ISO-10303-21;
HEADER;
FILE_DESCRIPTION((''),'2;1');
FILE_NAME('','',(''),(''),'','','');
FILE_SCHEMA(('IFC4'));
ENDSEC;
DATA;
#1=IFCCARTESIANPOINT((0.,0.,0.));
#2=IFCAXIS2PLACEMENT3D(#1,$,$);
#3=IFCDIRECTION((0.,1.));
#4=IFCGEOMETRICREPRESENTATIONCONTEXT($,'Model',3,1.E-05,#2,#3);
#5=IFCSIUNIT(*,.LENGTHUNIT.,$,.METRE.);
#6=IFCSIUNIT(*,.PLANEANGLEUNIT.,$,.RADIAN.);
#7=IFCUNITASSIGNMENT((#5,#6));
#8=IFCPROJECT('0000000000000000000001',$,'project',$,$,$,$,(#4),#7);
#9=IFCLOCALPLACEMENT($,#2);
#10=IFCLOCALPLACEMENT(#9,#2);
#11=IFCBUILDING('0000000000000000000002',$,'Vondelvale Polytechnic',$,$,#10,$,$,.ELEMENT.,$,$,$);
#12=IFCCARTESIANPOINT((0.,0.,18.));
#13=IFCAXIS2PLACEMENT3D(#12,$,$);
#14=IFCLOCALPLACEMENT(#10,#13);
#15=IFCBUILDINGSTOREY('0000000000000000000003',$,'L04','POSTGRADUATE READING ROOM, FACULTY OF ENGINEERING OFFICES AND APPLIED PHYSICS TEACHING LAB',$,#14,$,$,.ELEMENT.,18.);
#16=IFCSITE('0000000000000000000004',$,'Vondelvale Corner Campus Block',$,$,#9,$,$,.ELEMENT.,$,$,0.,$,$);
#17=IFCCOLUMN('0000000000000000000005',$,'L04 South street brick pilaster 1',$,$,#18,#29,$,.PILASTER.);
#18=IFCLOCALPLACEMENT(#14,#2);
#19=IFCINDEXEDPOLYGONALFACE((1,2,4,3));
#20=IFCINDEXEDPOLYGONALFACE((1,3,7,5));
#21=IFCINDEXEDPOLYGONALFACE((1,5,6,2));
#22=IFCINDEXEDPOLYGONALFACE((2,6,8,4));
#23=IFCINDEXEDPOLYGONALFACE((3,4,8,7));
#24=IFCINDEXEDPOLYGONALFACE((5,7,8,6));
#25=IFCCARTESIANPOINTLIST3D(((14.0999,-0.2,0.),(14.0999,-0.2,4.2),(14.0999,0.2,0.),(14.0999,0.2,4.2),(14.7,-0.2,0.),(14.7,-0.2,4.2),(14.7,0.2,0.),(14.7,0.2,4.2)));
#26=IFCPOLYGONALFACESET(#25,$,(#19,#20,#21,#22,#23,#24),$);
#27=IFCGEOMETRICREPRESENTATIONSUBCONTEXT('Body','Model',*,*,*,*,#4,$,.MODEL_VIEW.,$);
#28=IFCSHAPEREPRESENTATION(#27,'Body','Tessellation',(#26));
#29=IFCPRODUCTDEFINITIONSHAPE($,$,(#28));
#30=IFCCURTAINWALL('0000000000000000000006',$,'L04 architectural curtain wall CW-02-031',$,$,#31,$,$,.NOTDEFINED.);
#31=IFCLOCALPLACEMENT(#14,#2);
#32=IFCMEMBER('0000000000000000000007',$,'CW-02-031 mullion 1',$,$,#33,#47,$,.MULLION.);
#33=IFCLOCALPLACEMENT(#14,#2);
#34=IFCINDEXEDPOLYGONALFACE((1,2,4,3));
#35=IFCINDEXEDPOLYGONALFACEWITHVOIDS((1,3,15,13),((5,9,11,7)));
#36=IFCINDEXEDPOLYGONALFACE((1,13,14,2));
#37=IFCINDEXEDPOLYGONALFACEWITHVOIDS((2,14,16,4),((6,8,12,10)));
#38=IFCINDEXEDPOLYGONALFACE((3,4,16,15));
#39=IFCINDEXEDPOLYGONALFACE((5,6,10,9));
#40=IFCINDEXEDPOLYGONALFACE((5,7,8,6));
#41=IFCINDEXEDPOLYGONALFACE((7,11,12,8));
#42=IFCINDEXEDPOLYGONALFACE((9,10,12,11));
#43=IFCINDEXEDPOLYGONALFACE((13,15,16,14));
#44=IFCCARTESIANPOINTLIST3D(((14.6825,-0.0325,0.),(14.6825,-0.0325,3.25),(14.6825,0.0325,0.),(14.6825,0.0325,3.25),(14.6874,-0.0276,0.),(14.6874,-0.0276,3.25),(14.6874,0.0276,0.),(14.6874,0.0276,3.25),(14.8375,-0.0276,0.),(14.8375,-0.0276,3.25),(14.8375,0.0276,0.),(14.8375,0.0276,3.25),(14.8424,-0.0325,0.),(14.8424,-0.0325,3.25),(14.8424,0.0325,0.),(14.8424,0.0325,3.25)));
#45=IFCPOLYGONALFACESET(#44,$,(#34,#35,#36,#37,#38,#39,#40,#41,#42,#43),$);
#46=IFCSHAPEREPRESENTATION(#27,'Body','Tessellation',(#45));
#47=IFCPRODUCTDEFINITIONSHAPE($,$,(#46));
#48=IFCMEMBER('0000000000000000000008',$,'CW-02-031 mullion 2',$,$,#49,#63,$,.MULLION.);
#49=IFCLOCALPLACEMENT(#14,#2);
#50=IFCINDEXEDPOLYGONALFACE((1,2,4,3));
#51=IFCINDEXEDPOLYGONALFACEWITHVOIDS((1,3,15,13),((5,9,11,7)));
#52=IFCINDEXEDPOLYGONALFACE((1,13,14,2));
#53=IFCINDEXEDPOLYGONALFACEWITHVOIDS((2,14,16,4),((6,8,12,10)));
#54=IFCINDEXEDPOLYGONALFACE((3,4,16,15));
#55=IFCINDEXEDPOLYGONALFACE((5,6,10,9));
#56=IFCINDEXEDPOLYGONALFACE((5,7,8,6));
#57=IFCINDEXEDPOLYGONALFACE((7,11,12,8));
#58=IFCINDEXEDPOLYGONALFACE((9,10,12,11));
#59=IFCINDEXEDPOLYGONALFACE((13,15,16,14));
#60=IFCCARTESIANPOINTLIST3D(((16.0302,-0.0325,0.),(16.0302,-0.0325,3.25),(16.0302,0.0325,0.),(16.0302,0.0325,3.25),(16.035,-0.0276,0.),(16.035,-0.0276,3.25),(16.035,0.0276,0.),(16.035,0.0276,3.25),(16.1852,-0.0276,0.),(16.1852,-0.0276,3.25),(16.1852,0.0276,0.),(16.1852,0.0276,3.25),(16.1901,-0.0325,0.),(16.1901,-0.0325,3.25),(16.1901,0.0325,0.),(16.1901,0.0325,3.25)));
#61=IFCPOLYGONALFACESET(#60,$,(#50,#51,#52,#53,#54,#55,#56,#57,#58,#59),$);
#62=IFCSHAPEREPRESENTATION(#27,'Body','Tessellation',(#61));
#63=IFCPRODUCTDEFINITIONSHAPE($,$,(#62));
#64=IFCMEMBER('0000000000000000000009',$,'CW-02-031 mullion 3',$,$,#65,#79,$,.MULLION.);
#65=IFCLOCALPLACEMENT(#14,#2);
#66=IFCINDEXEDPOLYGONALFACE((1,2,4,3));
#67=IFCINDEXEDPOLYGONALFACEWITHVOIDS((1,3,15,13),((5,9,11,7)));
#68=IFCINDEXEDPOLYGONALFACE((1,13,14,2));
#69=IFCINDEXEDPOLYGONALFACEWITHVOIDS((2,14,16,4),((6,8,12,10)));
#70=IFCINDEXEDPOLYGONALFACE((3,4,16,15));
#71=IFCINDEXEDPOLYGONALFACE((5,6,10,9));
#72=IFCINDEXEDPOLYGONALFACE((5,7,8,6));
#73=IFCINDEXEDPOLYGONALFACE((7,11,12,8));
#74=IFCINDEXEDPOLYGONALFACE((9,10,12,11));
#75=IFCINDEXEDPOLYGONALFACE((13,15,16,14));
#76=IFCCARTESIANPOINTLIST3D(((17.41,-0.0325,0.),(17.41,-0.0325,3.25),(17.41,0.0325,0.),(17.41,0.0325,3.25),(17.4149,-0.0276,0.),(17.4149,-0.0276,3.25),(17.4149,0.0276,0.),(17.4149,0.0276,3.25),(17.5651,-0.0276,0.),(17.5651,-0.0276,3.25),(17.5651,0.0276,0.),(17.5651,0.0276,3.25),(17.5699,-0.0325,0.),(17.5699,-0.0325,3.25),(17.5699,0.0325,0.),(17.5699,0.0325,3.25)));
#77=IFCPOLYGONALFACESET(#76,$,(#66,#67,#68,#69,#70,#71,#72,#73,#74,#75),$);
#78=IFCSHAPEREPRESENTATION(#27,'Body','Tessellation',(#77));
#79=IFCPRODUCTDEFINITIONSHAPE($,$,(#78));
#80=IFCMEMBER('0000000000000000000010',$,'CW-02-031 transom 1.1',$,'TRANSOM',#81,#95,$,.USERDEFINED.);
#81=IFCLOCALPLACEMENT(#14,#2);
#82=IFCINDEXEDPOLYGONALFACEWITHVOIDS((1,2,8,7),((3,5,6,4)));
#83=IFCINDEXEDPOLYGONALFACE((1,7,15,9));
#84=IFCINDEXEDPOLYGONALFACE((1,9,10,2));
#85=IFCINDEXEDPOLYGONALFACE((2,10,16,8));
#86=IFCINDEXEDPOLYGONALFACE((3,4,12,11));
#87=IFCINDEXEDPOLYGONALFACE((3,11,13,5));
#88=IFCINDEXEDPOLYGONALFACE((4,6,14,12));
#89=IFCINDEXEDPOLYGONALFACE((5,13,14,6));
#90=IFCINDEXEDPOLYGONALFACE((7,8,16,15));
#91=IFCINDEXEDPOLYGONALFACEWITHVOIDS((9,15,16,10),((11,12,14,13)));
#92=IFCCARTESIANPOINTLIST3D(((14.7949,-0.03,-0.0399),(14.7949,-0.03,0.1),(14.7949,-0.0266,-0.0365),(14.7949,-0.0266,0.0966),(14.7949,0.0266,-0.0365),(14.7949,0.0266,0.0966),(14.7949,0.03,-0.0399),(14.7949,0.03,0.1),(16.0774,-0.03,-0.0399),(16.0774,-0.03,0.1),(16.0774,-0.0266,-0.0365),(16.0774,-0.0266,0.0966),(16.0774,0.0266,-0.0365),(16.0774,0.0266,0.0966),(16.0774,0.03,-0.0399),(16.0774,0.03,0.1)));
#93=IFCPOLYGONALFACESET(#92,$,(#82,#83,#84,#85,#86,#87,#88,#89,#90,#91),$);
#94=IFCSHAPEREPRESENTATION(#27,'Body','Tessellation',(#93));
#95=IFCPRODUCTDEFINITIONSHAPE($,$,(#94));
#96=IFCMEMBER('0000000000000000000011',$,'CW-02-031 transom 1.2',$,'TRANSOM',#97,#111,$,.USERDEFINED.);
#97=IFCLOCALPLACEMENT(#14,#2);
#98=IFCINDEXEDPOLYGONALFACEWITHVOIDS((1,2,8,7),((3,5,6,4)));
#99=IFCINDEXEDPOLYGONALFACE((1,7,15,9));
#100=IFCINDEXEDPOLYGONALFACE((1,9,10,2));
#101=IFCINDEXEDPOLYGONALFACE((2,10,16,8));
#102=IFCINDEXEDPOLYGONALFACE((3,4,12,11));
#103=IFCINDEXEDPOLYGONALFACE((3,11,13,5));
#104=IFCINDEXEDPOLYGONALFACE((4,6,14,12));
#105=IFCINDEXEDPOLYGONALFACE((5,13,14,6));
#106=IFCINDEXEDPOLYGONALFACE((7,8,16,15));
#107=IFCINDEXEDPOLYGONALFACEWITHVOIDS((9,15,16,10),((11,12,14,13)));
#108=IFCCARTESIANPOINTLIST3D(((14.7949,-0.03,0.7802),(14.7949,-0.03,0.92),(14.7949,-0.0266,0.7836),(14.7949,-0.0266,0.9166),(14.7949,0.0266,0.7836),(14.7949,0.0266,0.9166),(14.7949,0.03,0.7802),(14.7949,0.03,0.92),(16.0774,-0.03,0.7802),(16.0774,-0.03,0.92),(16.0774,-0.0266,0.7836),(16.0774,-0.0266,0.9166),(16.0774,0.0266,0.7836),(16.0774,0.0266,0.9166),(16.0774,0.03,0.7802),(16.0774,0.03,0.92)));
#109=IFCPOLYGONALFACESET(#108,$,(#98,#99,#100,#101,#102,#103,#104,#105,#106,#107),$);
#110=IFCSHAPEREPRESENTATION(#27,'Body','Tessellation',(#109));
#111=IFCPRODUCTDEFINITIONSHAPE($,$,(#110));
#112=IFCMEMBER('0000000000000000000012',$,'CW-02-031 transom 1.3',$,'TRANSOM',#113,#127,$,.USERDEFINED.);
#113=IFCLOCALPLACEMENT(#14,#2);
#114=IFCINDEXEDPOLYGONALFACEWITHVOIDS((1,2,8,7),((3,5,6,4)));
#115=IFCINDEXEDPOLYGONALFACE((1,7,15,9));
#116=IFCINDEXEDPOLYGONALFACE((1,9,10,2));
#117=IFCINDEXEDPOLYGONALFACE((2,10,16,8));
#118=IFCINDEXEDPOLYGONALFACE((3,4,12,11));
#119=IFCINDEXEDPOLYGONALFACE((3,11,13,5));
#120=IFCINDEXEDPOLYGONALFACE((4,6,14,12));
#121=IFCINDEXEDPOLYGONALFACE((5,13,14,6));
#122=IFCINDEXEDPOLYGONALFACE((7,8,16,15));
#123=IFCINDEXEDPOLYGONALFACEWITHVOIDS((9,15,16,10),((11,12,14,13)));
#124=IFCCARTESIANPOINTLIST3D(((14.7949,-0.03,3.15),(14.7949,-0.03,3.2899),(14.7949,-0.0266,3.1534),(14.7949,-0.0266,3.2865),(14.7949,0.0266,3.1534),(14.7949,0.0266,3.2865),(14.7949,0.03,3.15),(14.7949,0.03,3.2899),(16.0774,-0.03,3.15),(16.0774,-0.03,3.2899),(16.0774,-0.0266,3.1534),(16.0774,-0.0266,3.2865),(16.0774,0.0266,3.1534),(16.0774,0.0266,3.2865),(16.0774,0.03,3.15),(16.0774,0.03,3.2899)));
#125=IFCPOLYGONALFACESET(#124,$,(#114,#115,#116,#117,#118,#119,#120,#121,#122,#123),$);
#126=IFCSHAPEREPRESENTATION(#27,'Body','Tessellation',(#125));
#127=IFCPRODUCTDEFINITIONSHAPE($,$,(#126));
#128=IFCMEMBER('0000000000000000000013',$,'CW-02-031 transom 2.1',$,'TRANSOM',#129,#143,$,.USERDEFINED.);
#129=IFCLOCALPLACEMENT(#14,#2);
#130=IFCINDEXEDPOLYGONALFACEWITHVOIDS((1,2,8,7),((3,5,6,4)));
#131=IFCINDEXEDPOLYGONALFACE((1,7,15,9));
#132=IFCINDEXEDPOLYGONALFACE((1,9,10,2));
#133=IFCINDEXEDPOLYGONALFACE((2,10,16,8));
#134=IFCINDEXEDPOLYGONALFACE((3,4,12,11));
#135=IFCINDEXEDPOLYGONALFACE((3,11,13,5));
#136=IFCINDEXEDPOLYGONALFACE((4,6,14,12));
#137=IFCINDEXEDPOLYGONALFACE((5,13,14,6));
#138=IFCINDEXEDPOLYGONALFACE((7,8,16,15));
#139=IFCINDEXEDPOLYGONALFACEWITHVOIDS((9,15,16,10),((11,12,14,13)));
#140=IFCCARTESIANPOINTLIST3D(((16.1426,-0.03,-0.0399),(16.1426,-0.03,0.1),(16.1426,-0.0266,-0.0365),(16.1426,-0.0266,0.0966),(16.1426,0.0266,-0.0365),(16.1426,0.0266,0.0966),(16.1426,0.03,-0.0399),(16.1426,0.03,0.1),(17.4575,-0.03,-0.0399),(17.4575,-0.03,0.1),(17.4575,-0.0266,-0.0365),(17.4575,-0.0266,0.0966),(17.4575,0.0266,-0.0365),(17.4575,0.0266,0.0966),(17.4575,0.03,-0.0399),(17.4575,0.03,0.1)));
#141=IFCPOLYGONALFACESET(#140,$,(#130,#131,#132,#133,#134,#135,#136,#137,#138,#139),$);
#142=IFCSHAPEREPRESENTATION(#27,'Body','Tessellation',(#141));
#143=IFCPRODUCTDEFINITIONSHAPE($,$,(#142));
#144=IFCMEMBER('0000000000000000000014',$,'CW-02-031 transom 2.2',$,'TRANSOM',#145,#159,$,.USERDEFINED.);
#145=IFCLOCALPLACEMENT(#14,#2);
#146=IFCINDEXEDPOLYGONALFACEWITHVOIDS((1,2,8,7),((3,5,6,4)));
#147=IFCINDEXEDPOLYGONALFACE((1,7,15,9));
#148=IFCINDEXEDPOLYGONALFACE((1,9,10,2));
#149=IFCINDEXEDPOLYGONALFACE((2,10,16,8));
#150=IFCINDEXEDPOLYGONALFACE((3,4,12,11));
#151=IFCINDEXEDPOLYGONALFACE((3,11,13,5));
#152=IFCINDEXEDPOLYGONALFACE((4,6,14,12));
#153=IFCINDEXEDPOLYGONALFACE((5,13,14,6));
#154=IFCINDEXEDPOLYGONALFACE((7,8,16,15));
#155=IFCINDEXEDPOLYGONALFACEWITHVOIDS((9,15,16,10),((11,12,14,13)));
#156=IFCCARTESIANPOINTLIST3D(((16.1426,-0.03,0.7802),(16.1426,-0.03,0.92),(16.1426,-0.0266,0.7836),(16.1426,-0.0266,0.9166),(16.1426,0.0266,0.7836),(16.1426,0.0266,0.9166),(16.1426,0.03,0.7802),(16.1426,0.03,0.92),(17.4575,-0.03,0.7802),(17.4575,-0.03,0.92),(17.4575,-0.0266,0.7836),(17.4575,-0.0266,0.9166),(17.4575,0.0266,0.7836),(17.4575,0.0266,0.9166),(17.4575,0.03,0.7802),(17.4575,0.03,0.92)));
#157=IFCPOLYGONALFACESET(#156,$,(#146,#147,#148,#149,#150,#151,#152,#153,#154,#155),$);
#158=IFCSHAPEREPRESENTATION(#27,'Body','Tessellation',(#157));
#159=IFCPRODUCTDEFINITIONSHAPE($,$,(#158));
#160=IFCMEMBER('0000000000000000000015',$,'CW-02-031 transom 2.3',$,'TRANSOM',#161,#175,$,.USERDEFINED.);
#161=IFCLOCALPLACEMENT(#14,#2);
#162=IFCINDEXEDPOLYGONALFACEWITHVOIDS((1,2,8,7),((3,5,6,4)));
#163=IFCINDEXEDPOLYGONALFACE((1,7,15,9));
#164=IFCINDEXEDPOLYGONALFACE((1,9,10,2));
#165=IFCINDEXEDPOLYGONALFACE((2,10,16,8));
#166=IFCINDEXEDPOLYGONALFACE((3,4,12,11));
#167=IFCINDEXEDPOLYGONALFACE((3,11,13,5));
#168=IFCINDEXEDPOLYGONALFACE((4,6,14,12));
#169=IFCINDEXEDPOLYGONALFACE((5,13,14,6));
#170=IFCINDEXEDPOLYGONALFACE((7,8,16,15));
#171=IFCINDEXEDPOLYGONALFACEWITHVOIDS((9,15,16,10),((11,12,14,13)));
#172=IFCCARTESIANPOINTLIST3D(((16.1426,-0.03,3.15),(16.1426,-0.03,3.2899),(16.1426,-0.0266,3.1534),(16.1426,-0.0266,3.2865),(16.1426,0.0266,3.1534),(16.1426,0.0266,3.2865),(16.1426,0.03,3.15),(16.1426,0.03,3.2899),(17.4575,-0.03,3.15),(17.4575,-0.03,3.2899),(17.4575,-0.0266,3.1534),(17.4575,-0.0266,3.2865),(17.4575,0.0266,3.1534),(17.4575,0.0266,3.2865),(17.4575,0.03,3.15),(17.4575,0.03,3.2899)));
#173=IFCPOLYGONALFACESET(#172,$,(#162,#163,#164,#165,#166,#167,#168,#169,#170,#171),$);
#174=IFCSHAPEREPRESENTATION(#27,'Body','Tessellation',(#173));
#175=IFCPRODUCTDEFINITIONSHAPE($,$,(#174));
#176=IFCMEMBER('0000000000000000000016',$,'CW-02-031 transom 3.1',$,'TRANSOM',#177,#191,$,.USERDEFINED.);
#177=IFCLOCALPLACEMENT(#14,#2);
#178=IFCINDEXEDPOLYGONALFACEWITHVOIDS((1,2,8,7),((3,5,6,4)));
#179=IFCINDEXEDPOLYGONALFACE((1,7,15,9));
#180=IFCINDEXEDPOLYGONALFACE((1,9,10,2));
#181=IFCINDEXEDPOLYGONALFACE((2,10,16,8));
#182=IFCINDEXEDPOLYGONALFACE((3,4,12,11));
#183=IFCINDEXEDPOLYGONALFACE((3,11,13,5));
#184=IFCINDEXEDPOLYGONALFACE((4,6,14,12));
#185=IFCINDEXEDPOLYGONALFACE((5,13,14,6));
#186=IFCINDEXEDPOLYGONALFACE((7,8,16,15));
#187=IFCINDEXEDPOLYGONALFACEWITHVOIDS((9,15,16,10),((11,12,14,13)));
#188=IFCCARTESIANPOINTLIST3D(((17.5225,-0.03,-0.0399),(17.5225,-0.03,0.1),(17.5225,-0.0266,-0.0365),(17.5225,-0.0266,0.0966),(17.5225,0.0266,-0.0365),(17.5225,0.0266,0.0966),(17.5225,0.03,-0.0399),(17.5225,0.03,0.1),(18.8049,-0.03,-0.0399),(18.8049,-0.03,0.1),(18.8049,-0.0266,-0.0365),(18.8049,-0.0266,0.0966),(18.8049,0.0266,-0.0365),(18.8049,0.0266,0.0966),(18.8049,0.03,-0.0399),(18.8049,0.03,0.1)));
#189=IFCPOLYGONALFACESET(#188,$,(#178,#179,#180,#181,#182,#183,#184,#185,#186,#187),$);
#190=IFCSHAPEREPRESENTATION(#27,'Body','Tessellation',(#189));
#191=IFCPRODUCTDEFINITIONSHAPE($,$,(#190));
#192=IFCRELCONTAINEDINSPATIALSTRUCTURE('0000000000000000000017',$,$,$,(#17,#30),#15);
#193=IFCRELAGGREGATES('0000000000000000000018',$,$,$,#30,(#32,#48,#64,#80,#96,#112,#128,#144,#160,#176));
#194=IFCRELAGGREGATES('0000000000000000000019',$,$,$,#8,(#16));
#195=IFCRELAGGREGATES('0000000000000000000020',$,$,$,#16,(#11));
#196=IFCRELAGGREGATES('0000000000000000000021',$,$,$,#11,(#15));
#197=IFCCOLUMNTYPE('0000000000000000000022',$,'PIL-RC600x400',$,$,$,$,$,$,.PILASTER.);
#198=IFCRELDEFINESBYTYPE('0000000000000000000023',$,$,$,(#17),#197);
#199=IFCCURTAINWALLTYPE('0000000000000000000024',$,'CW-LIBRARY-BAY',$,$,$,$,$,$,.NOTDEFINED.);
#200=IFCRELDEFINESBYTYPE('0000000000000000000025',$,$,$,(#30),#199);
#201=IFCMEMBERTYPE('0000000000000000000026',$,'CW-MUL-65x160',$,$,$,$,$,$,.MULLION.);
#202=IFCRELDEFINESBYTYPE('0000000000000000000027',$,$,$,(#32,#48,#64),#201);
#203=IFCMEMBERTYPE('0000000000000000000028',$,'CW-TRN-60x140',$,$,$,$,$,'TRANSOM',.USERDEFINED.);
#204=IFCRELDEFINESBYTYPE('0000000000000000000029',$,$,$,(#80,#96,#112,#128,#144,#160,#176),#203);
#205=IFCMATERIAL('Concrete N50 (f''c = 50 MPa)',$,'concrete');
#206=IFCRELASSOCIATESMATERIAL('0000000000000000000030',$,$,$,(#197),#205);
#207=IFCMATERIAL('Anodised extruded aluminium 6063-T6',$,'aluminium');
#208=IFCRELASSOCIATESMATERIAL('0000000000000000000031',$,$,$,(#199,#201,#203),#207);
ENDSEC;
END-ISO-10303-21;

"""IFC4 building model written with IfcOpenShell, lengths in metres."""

from ifc_helpers import new_model, si_unit, direction, frame, origin, origin_2d, place, context, subcontext, project, spatial, rectangle, hollow_rectangle, extrude, material, material_profile, profile_set, type_object, element, aggregate, save


model = new_model("IFC4")

# Units and contexts
model_context = context("Model", 3, precision=1e-05, world=origin(), true_north=direction((0.0, 1.0)))
body_context = subcontext(model_context, "Body", "Model", "MODEL_VIEW")
ifc_project = project(units=[si_unit("LENGTHUNIT", "METRE"), si_unit("PLANEANGLEUNIT", "RADIAN")], contexts=[model_context])

# Site, building, storey
site_placement = place(None, origin())
site = spatial("IfcSite", under=ifc_project, at=site_placement, Name="Vondelvale Corner Campus Block", CompositionType="ELEMENT", RefElevation=0.0)
building_placement = place(site_placement, origin())
building = spatial("IfcBuilding", under=site, at=building_placement, Name="Vondelvale Polytechnic", CompositionType="ELEMENT")
storey_placement = place(building_placement, frame((0.0, 0.0, 18.0)))
storey = spatial("IfcBuildingStorey", under=building, at=storey_placement, Name="L04", Description="POSTGRADUATE READING ROOM, FACULTY OF ENGINEERING OFFICES AND APPLIED PHYSICS TEACHING LAB", CompositionType="ELEMENT", Elevation=18.0)

# Column
ifc_material_1 = material(Name="Concrete N50 (f'c = 50 MPa)", Category="concrete")
ifc_material_profile_1 = material_profile(ifc_material_1, rectangle(XDim=0.3999, YDim=0.6001, at=origin_2d()), Name="RC-PIL-600x400")
ifc_profile_set_1 = profile_set([ifc_material_profile_1], Name="Concrete N50 (f'c = 50 MPa)")
column_type = type_object("IfcColumnType", Name="PIL-RC600x400", PredefinedType="PILASTER", material=ifc_profile_set_1)
column_placement = place(storey_placement, frame((14.3999, 0.0, 0.0), z_axis=(0.0, 0.0, 1.0), x_axis=(0.0, 1.0, 0.0)))
element("IfcColumn", 1, at=column_placement, inside=storey, type_object=column_type, Name="L04 South street brick pilaster 1", PredefinedType="PILASTER", context=body_context, shape_type="SweptSolid", body=[
    extrude(rectangle(XDim=0.3999, YDim=0.6001, at=origin_2d()), origin(), (0.0, 0.0, 1.0), 4.2),
])

# Curtain wall, members
ifc_material_2 = material(Name="Anodised extruded aluminium 6063-T6", Category="aluminium")
curtain_wall_type = type_object("IfcCurtainWallType", Name="CW-LIBRARY-BAY", PredefinedType="NOTDEFINED", material=ifc_material_2)
curtain_wall_placement = place(storey_placement, origin())
curtain_wall = element("IfcCurtainWall", 2, at=curtain_wall_placement, inside=storey, type_object=curtain_wall_type, Name="L04 architectural curtain wall CW-02-031", PredefinedType="NOTDEFINED")
ifc_material_profile_2 = material_profile(ifc_material_2, hollow_rectangle(XDim=0.0649, YDim=0.1599, WallThickness=0.0049, at=origin_2d()), Name="CW-MUL-160x65")
ifc_profile_set_2 = profile_set([ifc_material_profile_2], Name="Anodised extruded aluminium 6063-T6")
member_type_1 = type_object("IfcMemberType", Name="CW-MUL-65x160", PredefinedType="MULLION", material=ifc_profile_set_2)
member_1_placement = place(storey_placement, frame((14.7625, 0.0, 0.0), z_axis=(0.0, 0.0, 1.0), x_axis=(0.0, 1.0, 0.0)))
member_1 = element("IfcMember", 3, at=member_1_placement, type_object=member_type_1, Name="CW-02-031 mullion 1", PredefinedType="MULLION", context=body_context, shape_type="SweptSolid", body=[
    extrude(hollow_rectangle(XDim=0.0649, YDim=0.1599, WallThickness=0.0049, at=origin_2d()), origin(), (0.0, 0.0, 1.0), 3.25),
])
member_2_placement = place(storey_placement, frame((16.1101, 0.0, 0.0), z_axis=(0.0, 0.0, 1.0), x_axis=(0.0, 1.0, 0.0)))
member_2 = element("IfcMember", 4, at=member_2_placement, type_object=member_type_1, Name="CW-02-031 mullion 2", PredefinedType="MULLION", context=body_context, shape_type="SweptSolid", body=[
    extrude(hollow_rectangle(XDim=0.0649, YDim=0.1599, WallThickness=0.0049, at=origin_2d()), origin(), (0.0, 0.0, 1.0), 3.25),
])
member_3_placement = place(storey_placement, frame((17.49, 0.0, 0.0), z_axis=(0.0, 0.0, 1.0), x_axis=(0.0, 1.0, 0.0)))
member_3 = element("IfcMember", 5, at=member_3_placement, type_object=member_type_1, Name="CW-02-031 mullion 3", PredefinedType="MULLION", context=body_context, shape_type="SweptSolid", body=[
    extrude(hollow_rectangle(XDim=0.0649, YDim=0.1599, WallThickness=0.0049, at=origin_2d()), origin(), (0.0, 0.0, 1.0), 3.25),
])
ifc_material_profile_3 = material_profile(ifc_material_2, hollow_rectangle(XDim=0.0601, YDim=0.1399, WallThickness=0.0034, at=origin_2d()), Name="CW-TRN-140x60")
ifc_profile_set_3 = profile_set([ifc_material_profile_3], Name="Anodised extruded aluminium 6063-T6")
member_type_2 = type_object("IfcMemberType", Name="CW-TRN-60x140", ElementType="TRANSOM", PredefinedType="USERDEFINED", material=ifc_profile_set_3)
member_4_placement = place(storey_placement, frame((14.7949, 0.0, 0.03), z_axis=(1.0, 0.0, 0.0), x_axis=(0.0, 1.0, 0.0)))
member_4 = element("IfcMember", 6, at=member_4_placement, type_object=member_type_2, Name="CW-02-031 transom 1.1", ObjectType="TRANSOM", PredefinedType="USERDEFINED", context=body_context, shape_type="SweptSolid", body=[
    extrude(hollow_rectangle(XDim=0.0601, YDim=0.1399, WallThickness=0.0034, at=origin_2d()), origin(), (0.0, 0.0, 1.0), 1.2825),
])
member_5_placement = place(storey_placement, frame((14.7949, 0.0, 0.8501), z_axis=(1.0, 0.0, 0.0), x_axis=(0.0, 1.0, 0.0)))
member_5 = element("IfcMember", 7, at=member_5_placement, type_object=member_type_2, Name="CW-02-031 transom 1.2", ObjectType="TRANSOM", PredefinedType="USERDEFINED", context=body_context, shape_type="SweptSolid", body=[
    extrude(hollow_rectangle(XDim=0.0601, YDim=0.1399, WallThickness=0.0034, at=origin_2d()), origin(), (0.0, 0.0, 1.0), 1.2825),
])
member_6_placement = place(storey_placement, frame((14.7949, 0.0, 3.22), z_axis=(1.0, 0.0, 0.0), x_axis=(0.0, 1.0, 0.0)))
member_6 = element("IfcMember", 8, at=member_6_placement, type_object=member_type_2, Name="CW-02-031 transom 1.3", ObjectType="TRANSOM", PredefinedType="USERDEFINED", context=body_context, shape_type="SweptSolid", body=[
    extrude(hollow_rectangle(XDim=0.0601, YDim=0.1399, WallThickness=0.0034, at=origin_2d()), origin(), (0.0, 0.0, 1.0), 1.2825),
])
member_7_placement = place(storey_placement, frame((16.1426, 0.0, 0.03), z_axis=(1.0, 0.0, 0.0), x_axis=(0.0, 1.0, 0.0)))
member_7 = element("IfcMember", 9, at=member_7_placement, type_object=member_type_2, Name="CW-02-031 transom 2.1", ObjectType="TRANSOM", PredefinedType="USERDEFINED", context=body_context, shape_type="SweptSolid", body=[
    extrude(hollow_rectangle(XDim=0.0601, YDim=0.1399, WallThickness=0.0034, at=origin_2d()), origin(), (0.0, 0.0, 1.0), 1.3149),
])
member_8_placement = place(storey_placement, frame((16.1426, 0.0, 0.8501), z_axis=(1.0, 0.0, 0.0), x_axis=(0.0, 1.0, 0.0)))
member_8 = element("IfcMember", 10, at=member_8_placement, type_object=member_type_2, Name="CW-02-031 transom 2.2", ObjectType="TRANSOM", PredefinedType="USERDEFINED", context=body_context, shape_type="SweptSolid", body=[
    extrude(hollow_rectangle(XDim=0.0601, YDim=0.1399, WallThickness=0.0034, at=origin_2d()), origin(), (0.0, 0.0, 1.0), 1.3149),
])
member_9_placement = place(storey_placement, frame((16.1426, 0.0, 3.22), z_axis=(1.0, 0.0, 0.0), x_axis=(0.0, 1.0, 0.0)))
member_9 = element("IfcMember", 11, at=member_9_placement, type_object=member_type_2, Name="CW-02-031 transom 2.3", ObjectType="TRANSOM", PredefinedType="USERDEFINED", context=body_context, shape_type="SweptSolid", body=[
    extrude(hollow_rectangle(XDim=0.0601, YDim=0.1399, WallThickness=0.0034, at=origin_2d()), origin(), (0.0, 0.0, 1.0), 1.3149),
])
member_10_placement = place(storey_placement, frame((17.5225, 0.0, 0.03), z_axis=(1.0, 0.0, 0.0), x_axis=(0.0, 1.0, 0.0)))
member_10 = element("IfcMember", 12, at=member_10_placement, type_object=member_type_2, Name="CW-02-031 transom 3.1", ObjectType="TRANSOM", PredefinedType="USERDEFINED", context=body_context, shape_type="SweptSolid", body=[
    extrude(hollow_rectangle(XDim=0.0601, YDim=0.1399, WallThickness=0.0034, at=origin_2d()), origin(), (0.0, 0.0, 1.0), 1.2825),
])
aggregate(curtain_wall, [member_1, member_2, member_3, member_4, member_5, member_6, member_7, member_8, member_9, member_10])

save(model, "model.ifc")
